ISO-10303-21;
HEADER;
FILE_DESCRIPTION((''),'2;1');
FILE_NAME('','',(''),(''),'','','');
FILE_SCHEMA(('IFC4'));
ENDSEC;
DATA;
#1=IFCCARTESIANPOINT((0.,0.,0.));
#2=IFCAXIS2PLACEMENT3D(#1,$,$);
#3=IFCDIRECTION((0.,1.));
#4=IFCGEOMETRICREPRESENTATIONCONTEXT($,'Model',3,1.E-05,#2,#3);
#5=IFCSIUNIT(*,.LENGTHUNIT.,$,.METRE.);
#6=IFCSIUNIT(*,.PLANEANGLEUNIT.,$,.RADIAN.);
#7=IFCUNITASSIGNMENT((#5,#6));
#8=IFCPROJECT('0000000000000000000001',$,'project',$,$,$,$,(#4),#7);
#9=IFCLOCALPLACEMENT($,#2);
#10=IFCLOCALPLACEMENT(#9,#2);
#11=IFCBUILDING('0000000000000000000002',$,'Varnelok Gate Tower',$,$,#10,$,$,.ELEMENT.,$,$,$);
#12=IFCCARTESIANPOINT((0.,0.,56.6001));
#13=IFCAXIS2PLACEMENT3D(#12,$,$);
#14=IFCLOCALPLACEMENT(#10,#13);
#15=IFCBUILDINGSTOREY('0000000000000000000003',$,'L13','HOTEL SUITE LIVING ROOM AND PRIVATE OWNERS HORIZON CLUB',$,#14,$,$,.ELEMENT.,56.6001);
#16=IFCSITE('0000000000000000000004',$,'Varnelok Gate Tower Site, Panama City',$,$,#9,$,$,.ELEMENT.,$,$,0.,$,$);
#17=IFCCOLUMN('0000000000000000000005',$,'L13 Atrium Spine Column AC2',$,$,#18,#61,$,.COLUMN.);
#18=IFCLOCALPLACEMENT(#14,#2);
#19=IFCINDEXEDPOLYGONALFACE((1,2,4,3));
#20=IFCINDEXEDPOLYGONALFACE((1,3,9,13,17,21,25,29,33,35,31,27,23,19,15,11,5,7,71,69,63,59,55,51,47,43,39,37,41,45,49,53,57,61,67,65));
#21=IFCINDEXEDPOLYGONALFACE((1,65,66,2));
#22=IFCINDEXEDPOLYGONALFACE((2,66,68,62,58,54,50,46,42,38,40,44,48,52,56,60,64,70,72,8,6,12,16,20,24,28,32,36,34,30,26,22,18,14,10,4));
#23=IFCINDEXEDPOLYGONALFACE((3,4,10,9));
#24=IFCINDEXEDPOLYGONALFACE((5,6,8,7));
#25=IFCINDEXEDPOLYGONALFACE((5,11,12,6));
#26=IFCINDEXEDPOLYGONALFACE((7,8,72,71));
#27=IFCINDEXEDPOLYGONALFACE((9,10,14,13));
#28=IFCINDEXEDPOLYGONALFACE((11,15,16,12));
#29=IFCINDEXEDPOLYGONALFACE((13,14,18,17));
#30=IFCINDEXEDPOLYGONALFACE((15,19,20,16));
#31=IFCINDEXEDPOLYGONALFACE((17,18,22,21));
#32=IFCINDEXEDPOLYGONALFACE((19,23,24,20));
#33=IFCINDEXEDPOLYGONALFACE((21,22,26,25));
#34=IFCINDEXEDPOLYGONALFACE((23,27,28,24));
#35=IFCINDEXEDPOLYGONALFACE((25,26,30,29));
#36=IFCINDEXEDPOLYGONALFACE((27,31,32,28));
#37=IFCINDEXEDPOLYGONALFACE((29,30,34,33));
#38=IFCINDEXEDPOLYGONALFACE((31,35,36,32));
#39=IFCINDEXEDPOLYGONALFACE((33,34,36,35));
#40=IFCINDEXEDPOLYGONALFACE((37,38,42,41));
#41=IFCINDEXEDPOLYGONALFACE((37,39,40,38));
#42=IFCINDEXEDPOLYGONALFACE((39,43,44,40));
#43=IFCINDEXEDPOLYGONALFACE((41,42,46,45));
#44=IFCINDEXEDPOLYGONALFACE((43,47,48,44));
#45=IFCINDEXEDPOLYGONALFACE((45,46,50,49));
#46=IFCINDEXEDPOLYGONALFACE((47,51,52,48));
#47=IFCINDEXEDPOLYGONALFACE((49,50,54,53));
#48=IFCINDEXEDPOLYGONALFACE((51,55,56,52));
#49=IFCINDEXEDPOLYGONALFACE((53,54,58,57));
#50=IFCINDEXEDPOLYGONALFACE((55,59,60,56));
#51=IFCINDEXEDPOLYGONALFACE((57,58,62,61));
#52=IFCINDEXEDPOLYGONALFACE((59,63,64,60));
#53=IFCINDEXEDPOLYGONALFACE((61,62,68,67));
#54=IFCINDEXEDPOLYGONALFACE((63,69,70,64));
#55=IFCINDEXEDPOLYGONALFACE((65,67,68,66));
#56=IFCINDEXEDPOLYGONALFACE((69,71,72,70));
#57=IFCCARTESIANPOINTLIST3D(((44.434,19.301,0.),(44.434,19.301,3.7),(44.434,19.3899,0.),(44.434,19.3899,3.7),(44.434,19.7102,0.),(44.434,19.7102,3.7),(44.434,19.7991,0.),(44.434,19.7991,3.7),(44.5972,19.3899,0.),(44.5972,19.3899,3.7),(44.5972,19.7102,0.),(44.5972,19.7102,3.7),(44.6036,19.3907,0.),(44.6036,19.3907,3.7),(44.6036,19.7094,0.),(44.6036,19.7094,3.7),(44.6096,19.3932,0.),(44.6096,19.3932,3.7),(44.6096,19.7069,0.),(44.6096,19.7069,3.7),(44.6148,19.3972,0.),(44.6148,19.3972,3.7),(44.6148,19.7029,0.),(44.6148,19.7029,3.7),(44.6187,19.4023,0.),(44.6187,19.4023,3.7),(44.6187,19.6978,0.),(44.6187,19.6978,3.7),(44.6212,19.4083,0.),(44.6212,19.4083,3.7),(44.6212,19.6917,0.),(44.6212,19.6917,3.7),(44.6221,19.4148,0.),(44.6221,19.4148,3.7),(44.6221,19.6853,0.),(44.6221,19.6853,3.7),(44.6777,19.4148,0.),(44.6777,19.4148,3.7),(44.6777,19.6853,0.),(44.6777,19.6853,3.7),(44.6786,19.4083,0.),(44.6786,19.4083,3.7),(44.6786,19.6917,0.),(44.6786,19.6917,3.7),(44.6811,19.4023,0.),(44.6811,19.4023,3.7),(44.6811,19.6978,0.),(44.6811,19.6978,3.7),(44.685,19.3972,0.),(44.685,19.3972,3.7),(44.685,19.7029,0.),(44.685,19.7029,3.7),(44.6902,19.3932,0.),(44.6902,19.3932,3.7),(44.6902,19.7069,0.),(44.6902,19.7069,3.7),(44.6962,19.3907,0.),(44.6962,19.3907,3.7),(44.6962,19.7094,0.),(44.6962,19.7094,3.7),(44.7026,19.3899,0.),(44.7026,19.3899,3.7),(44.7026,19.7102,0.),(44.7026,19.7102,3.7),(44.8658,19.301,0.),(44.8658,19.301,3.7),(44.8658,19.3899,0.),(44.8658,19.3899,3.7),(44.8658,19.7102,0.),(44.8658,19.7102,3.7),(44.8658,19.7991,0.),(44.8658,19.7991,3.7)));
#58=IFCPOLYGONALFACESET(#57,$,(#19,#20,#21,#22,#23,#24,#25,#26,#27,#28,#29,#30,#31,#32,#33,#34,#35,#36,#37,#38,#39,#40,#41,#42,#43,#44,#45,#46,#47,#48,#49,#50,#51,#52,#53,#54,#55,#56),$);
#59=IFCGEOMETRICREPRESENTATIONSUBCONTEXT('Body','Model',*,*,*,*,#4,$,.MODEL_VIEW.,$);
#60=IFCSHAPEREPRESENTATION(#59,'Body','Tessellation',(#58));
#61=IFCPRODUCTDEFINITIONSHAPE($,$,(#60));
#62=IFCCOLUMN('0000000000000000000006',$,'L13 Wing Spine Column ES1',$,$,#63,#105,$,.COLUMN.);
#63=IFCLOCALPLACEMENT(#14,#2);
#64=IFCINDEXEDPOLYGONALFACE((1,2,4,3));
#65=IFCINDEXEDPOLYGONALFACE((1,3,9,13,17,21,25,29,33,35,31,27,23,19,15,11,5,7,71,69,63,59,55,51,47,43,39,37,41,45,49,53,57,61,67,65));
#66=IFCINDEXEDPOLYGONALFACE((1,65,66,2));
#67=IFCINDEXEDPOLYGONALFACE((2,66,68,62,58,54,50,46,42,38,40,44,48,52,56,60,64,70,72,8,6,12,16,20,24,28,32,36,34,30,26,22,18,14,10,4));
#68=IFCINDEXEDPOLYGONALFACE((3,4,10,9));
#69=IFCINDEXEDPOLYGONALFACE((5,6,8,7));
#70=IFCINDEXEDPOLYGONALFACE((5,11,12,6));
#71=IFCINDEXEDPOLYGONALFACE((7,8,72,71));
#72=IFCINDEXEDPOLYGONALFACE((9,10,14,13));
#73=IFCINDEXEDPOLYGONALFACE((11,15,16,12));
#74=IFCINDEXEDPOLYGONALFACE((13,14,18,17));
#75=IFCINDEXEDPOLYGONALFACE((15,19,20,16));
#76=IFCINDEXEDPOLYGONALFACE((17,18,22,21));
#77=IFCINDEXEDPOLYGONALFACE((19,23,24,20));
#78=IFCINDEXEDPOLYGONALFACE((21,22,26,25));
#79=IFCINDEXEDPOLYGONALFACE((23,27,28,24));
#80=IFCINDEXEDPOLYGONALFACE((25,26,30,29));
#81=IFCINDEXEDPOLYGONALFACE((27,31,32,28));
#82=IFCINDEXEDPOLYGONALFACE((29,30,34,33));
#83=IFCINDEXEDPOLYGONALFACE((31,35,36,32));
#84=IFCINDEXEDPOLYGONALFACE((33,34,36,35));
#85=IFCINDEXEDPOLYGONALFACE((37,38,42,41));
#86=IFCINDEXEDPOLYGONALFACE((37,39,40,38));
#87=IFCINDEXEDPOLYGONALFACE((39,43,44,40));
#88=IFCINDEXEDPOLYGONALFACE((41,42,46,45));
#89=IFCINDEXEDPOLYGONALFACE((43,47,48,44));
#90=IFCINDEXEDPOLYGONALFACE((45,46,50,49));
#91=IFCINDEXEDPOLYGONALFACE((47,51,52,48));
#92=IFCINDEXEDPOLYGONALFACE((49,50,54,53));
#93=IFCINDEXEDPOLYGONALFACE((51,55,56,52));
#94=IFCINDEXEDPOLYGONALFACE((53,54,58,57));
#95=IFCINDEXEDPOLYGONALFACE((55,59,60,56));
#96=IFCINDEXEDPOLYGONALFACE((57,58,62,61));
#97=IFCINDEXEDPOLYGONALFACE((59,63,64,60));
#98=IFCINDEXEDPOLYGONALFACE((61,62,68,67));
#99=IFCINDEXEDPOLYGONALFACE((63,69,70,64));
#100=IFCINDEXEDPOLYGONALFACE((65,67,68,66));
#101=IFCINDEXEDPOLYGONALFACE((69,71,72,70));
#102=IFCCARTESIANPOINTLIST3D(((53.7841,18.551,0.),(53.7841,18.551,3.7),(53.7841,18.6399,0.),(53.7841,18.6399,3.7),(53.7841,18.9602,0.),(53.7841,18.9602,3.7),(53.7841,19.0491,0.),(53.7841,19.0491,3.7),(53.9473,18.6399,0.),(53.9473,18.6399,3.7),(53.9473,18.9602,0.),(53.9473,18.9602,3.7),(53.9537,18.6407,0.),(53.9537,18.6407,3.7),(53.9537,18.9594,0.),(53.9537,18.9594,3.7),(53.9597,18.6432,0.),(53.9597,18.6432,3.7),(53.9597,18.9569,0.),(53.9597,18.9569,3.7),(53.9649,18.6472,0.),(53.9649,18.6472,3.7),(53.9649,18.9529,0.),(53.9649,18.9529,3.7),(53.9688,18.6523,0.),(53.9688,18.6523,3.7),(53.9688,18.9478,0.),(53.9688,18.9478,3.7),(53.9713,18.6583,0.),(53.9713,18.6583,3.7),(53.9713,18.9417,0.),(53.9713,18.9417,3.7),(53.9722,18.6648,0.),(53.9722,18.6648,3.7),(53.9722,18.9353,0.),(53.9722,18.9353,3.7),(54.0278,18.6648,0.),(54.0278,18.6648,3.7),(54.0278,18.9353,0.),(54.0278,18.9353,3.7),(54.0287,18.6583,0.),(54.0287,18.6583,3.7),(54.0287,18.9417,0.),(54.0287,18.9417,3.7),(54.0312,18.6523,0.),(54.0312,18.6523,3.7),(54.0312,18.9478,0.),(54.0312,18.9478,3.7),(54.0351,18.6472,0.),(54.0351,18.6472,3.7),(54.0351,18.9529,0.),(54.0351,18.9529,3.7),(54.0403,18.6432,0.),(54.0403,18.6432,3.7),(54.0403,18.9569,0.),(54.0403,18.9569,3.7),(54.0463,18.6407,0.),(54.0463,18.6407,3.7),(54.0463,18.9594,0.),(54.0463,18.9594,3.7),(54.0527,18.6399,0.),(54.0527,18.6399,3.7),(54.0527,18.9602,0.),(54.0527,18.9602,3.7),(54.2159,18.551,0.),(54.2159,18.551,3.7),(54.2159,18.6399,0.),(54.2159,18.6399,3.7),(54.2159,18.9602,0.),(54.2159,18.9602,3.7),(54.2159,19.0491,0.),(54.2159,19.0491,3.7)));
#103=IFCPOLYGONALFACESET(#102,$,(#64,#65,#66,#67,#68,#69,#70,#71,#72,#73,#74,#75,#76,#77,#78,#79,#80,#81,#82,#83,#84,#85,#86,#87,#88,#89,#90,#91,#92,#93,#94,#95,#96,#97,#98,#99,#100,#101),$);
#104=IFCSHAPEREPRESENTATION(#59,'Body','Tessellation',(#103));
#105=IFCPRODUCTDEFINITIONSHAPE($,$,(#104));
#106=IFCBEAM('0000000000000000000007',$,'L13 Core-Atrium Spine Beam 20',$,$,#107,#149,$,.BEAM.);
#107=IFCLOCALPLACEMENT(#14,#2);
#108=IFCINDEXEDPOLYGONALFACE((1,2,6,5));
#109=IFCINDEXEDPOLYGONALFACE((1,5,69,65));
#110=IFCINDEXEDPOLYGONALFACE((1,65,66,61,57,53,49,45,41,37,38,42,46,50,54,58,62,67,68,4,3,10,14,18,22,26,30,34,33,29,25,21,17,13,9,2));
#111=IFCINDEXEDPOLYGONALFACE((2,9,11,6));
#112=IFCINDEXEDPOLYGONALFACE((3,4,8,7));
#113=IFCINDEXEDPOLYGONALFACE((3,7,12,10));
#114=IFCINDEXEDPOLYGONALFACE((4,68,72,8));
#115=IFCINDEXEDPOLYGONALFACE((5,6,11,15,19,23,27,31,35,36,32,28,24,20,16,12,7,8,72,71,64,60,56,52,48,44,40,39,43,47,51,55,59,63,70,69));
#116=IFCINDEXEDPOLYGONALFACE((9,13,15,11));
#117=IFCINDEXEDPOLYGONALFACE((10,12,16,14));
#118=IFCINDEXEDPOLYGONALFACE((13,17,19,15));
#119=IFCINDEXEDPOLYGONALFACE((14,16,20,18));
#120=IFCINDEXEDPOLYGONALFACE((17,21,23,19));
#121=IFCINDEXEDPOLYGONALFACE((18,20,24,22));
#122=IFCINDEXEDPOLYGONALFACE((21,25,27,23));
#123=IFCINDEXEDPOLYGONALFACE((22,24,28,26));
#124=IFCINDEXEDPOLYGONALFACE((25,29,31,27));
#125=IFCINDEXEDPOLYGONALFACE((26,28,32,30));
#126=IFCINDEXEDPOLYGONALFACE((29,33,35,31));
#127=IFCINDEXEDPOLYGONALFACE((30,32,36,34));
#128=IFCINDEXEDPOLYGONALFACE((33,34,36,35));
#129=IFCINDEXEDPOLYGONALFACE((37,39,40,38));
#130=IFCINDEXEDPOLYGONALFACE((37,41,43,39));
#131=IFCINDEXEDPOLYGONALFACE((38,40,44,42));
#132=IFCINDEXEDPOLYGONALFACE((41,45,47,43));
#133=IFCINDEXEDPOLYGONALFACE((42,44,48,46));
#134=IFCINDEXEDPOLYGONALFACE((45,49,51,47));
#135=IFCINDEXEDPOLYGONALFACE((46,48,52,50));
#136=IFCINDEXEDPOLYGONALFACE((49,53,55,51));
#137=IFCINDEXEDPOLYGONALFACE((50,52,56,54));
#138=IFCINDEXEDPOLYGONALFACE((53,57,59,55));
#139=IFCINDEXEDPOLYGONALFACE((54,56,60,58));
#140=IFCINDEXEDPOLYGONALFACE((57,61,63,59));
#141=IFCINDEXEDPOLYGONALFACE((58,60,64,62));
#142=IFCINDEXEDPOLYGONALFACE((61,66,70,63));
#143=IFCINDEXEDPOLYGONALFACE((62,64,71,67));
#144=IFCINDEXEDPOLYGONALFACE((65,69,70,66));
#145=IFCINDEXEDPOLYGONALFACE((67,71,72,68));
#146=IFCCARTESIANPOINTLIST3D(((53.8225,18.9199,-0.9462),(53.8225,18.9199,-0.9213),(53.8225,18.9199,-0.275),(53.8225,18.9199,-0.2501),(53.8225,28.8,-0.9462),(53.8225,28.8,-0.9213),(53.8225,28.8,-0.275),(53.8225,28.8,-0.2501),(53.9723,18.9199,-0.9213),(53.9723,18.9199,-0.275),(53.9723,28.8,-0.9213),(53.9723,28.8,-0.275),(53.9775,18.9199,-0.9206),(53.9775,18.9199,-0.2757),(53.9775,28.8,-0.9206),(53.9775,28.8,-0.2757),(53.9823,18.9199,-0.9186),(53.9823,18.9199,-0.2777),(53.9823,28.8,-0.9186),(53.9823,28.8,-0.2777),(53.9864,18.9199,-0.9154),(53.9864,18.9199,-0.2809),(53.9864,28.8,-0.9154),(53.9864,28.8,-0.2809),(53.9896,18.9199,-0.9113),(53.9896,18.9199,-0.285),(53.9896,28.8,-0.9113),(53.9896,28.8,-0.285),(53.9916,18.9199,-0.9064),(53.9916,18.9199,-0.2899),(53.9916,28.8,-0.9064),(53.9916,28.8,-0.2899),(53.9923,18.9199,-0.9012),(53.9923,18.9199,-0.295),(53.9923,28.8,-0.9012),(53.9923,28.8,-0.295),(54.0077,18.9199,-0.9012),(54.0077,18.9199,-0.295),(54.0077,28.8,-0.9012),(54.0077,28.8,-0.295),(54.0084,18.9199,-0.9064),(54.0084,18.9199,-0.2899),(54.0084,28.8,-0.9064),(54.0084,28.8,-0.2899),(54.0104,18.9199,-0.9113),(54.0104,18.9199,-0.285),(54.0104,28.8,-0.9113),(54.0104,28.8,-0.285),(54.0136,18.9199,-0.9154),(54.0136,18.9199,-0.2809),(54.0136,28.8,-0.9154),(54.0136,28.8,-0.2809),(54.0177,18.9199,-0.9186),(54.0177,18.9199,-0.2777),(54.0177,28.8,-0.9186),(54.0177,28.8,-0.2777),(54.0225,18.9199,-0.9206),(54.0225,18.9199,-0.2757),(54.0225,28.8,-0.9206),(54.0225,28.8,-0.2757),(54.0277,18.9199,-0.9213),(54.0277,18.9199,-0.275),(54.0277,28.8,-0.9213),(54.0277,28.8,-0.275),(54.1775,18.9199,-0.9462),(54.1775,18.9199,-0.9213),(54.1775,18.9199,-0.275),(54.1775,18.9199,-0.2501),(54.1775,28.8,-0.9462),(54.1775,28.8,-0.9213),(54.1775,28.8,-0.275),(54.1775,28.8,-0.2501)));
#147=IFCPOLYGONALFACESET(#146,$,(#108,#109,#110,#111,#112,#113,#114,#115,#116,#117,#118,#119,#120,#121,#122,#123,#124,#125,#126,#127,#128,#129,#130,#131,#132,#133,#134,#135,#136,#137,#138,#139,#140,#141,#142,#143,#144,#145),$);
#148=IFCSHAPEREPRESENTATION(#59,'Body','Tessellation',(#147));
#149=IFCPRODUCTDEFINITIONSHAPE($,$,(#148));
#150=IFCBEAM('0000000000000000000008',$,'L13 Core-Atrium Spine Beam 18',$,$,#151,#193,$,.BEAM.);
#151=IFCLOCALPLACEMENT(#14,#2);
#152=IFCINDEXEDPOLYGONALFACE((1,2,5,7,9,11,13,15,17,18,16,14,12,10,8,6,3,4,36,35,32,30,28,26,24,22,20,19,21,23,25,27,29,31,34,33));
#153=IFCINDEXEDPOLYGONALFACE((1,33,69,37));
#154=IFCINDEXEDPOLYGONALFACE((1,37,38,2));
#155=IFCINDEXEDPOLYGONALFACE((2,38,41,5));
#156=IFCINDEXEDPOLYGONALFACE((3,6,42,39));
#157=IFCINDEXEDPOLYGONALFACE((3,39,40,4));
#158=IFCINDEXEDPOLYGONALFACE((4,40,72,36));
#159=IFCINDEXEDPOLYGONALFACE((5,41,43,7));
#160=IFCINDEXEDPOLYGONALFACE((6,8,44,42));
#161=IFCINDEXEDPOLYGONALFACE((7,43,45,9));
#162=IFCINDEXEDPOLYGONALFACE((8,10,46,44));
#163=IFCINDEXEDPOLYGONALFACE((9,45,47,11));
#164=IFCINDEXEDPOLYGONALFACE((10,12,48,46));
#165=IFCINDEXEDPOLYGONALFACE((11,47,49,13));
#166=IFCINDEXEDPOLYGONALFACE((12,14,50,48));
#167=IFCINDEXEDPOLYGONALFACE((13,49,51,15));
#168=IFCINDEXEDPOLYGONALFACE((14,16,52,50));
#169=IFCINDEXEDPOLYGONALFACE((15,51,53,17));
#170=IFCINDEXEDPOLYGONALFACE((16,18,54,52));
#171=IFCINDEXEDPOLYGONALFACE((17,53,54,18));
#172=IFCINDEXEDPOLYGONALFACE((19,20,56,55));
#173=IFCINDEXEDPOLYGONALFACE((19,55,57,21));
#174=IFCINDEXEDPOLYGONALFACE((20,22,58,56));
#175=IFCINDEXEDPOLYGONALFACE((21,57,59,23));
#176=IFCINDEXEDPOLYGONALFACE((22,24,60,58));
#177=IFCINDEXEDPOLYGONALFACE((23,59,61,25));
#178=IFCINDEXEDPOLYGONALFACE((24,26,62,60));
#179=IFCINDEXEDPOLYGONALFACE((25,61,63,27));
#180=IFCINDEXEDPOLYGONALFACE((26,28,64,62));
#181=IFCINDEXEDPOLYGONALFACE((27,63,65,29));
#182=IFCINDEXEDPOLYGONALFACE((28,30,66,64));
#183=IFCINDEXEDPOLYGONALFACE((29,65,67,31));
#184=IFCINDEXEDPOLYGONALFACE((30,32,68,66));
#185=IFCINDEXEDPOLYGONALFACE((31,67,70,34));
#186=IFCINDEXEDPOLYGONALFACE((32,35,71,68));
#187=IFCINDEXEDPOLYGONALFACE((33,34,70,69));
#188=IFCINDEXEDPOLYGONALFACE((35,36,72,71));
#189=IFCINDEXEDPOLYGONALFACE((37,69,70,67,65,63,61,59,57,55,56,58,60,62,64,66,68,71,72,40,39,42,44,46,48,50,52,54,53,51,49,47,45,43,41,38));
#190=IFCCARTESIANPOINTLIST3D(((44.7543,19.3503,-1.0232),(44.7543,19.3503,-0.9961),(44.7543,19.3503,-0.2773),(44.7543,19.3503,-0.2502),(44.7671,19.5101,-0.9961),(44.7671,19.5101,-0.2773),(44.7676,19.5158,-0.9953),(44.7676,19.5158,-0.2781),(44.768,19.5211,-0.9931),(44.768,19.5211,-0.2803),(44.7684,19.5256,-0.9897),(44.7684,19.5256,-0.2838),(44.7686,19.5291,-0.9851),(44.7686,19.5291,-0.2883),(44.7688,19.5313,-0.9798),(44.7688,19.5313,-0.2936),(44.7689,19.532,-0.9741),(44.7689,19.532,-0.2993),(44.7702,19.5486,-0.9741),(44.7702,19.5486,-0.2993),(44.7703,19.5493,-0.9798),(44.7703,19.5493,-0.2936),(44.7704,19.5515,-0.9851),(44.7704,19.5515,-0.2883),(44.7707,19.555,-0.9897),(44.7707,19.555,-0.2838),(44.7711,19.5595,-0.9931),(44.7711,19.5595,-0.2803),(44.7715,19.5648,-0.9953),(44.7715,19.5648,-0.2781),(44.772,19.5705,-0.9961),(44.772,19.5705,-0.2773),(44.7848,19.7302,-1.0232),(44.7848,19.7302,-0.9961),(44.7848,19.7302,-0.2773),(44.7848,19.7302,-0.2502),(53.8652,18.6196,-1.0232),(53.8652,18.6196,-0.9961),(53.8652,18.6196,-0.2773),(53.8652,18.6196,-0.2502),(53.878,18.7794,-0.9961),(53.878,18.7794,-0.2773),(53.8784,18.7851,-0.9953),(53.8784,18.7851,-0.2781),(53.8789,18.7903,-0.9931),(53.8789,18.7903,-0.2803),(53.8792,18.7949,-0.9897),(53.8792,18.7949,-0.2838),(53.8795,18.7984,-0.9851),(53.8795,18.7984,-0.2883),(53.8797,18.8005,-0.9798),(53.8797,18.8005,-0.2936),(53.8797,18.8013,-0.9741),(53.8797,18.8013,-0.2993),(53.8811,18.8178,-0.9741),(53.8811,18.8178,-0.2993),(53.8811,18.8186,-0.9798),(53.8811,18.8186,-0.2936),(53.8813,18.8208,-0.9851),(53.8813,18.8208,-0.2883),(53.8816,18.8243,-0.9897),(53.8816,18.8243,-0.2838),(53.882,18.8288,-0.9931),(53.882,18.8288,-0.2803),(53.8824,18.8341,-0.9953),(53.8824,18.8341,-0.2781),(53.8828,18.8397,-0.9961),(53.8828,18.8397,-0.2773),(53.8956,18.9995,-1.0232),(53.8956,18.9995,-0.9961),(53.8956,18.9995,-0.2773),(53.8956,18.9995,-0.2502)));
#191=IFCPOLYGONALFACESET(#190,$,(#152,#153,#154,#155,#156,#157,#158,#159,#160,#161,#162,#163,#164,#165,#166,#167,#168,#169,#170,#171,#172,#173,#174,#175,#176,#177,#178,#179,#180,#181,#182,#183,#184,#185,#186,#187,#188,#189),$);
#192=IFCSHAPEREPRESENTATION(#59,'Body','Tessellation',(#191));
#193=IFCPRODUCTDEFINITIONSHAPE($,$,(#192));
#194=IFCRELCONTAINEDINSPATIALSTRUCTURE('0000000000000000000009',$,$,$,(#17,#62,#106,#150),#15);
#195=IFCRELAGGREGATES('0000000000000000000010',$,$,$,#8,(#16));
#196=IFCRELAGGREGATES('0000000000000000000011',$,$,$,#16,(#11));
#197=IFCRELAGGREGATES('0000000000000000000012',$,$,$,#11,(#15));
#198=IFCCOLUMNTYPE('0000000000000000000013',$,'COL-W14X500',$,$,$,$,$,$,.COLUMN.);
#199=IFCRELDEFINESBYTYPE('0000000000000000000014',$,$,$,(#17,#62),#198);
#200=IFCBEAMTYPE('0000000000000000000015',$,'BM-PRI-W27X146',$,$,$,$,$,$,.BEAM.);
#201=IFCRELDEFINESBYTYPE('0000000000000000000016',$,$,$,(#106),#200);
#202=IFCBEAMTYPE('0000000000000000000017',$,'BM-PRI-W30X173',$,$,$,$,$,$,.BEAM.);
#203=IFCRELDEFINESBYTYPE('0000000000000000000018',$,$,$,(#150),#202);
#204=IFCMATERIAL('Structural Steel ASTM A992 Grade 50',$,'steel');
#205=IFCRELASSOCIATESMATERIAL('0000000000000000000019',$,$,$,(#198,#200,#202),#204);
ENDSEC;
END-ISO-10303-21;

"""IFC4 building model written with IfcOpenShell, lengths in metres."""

from ifc_helpers import new_model, si_unit, direction, frame, origin, origin_2d, place, context, subcontext, project, spatial, i_section, extrude, material, material_profile, profile_set, type_object, element, save


model = new_model("IFC4")

# Units and contexts
model_context = context("Model", 3, precision=1e-05, world=origin(), true_north=direction((0.0, 1.0)))
body_context = subcontext(model_context, "Body", "Model", "MODEL_VIEW")
ifc_project = project(units=[si_unit("LENGTHUNIT", "METRE"), si_unit("PLANEANGLEUNIT", "RADIAN")], contexts=[model_context])

# Site, building, storey
site_placement = place(None, origin())
site = spatial("IfcSite", under=ifc_project, at=site_placement, Name="Varnelok Gate Tower Site, Panama City", CompositionType="ELEMENT", RefElevation=0.0)
building_placement = place(site_placement, origin())
building = spatial("IfcBuilding", under=site, at=building_placement, Name="Varnelok Gate Tower", CompositionType="ELEMENT")
storey_placement = place(building_placement, frame((0.0, 0.0, 56.6001)))
storey = spatial("IfcBuildingStorey", under=building, at=storey_placement, Name="L13", Description="HOTEL SUITE LIVING ROOM AND PRIVATE OWNERS HORIZON CLUB", CompositionType="ELEMENT", Elevation=56.6001)

# Columns
ifc_material_1 = material(Name="Structural Steel ASTM A992 Grade 50", Category="steel")
ifc_material_profile_1 = material_profile(ifc_material_1, i_section(OverallWidth=0.4319, OverallDepth=0.498, WebThickness=0.0557, FlangeThickness=0.0889, FilletRadius=0.0249, at=origin_2d()), Name="W14X500")
ifc_profile_set_1 = profile_set([ifc_material_profile_1], Name="Structural Steel ASTM A992 Grade 50")
column_type = type_object("IfcColumnType", Name="COL-W14X500", PredefinedType="COLUMN", material=ifc_profile_set_1)
for number, where, z_axis, x_axis, name in (
    (1, (44.6499, 19.55, 0.0), (0.0, 0.0, 1.0), (1.0, 0.0, 0.0), "L13 Atrium Spine Column AC2"),
    (2, (54.0, 18.8, 0.0), (0.0, 0.0, 1.0), (1.0, 0.0, 0.0), "L13 Wing Spine Column ES1"),
):
    element("IfcColumn", number, at=place(storey_placement, frame(where, z_axis=z_axis, x_axis=x_axis)), inside=storey, type_object=column_type, Name=name, PredefinedType="COLUMN", context=body_context, shape_type="SweptSolid", body=[
        extrude(i_section(OverallWidth=0.4319, OverallDepth=0.498, WebThickness=0.0557, FlangeThickness=0.0889, FilletRadius=0.0249, at=origin_2d()), origin(), (0.0, 0.0, 1.0), 3.7),
    ])

# Beams
ifc_material_profile_2 = material_profile(ifc_material_1, i_section(OverallWidth=0.355, OverallDepth=0.696, WebThickness=0.0154, FlangeThickness=0.0249, FilletRadius=0.02, at=origin_2d()), Name="W27X146")
ifc_profile_set_2 = profile_set([ifc_material_profile_2], Name="Structural Steel ASTM A992 Grade 50")
beam_type_1 = type_object("IfcBeamType", Name="BM-PRI-W27X146", PredefinedType="BEAM", material=ifc_profile_set_2)
beam_1_placement = place(storey_placement, frame((54.0, 18.9199, -0.5981), z_axis=(0.0, 1.0, 0.0), x_axis=(-1.0, 0.0, 0.0)))
element("IfcBeam", 3, at=beam_1_placement, inside=storey, type_object=beam_type_1, Name="L13 Core-Atrium Spine Beam 20", PredefinedType="BEAM", context=body_context, shape_type="SweptSolid", body=[
    extrude(i_section(OverallWidth=0.355, OverallDepth=0.696, WebThickness=0.0154, FlangeThickness=0.0249, FilletRadius=0.02, at=origin_2d()), origin(), (0.0, 0.0, 1.0), 9.8801),
])
ifc_material_profile_3 = material_profile(ifc_material_1, i_section(OverallWidth=0.3811, OverallDepth=0.7729, WebThickness=0.0166, FlangeThickness=0.0271, FilletRadius=0.022, at=origin_2d()), Name="W30X173")
ifc_profile_set_3 = profile_set([ifc_material_profile_3], Name="Structural Steel ASTM A992 Grade 50")
beam_type_2 = type_object("IfcBeamType", Name="BM-PRI-W30X173", PredefinedType="BEAM", material=ifc_profile_set_3)
beam_2_placement = place(storey_placement, frame((44.7695, 19.5403, -0.6367), z_axis=(0.996799, -0.079946, 0.0), x_axis=(0.079946, 0.996799, 0.0)))
element("IfcBeam", 4, at=beam_2_placement, inside=storey, type_object=beam_type_2, Name="L13 Core-Atrium Spine Beam 18", PredefinedType="BEAM", context=body_context, shape_type="SweptSolid", body=[
    extrude(i_section(OverallWidth=0.3811, OverallDepth=0.7729, WebThickness=0.0166, FlangeThickness=0.0271, FilletRadius=0.022, at=origin_2d()), origin(), (0.0, 0.0, 1.0), 9.1401),
])

save(model, "model.ifc")
